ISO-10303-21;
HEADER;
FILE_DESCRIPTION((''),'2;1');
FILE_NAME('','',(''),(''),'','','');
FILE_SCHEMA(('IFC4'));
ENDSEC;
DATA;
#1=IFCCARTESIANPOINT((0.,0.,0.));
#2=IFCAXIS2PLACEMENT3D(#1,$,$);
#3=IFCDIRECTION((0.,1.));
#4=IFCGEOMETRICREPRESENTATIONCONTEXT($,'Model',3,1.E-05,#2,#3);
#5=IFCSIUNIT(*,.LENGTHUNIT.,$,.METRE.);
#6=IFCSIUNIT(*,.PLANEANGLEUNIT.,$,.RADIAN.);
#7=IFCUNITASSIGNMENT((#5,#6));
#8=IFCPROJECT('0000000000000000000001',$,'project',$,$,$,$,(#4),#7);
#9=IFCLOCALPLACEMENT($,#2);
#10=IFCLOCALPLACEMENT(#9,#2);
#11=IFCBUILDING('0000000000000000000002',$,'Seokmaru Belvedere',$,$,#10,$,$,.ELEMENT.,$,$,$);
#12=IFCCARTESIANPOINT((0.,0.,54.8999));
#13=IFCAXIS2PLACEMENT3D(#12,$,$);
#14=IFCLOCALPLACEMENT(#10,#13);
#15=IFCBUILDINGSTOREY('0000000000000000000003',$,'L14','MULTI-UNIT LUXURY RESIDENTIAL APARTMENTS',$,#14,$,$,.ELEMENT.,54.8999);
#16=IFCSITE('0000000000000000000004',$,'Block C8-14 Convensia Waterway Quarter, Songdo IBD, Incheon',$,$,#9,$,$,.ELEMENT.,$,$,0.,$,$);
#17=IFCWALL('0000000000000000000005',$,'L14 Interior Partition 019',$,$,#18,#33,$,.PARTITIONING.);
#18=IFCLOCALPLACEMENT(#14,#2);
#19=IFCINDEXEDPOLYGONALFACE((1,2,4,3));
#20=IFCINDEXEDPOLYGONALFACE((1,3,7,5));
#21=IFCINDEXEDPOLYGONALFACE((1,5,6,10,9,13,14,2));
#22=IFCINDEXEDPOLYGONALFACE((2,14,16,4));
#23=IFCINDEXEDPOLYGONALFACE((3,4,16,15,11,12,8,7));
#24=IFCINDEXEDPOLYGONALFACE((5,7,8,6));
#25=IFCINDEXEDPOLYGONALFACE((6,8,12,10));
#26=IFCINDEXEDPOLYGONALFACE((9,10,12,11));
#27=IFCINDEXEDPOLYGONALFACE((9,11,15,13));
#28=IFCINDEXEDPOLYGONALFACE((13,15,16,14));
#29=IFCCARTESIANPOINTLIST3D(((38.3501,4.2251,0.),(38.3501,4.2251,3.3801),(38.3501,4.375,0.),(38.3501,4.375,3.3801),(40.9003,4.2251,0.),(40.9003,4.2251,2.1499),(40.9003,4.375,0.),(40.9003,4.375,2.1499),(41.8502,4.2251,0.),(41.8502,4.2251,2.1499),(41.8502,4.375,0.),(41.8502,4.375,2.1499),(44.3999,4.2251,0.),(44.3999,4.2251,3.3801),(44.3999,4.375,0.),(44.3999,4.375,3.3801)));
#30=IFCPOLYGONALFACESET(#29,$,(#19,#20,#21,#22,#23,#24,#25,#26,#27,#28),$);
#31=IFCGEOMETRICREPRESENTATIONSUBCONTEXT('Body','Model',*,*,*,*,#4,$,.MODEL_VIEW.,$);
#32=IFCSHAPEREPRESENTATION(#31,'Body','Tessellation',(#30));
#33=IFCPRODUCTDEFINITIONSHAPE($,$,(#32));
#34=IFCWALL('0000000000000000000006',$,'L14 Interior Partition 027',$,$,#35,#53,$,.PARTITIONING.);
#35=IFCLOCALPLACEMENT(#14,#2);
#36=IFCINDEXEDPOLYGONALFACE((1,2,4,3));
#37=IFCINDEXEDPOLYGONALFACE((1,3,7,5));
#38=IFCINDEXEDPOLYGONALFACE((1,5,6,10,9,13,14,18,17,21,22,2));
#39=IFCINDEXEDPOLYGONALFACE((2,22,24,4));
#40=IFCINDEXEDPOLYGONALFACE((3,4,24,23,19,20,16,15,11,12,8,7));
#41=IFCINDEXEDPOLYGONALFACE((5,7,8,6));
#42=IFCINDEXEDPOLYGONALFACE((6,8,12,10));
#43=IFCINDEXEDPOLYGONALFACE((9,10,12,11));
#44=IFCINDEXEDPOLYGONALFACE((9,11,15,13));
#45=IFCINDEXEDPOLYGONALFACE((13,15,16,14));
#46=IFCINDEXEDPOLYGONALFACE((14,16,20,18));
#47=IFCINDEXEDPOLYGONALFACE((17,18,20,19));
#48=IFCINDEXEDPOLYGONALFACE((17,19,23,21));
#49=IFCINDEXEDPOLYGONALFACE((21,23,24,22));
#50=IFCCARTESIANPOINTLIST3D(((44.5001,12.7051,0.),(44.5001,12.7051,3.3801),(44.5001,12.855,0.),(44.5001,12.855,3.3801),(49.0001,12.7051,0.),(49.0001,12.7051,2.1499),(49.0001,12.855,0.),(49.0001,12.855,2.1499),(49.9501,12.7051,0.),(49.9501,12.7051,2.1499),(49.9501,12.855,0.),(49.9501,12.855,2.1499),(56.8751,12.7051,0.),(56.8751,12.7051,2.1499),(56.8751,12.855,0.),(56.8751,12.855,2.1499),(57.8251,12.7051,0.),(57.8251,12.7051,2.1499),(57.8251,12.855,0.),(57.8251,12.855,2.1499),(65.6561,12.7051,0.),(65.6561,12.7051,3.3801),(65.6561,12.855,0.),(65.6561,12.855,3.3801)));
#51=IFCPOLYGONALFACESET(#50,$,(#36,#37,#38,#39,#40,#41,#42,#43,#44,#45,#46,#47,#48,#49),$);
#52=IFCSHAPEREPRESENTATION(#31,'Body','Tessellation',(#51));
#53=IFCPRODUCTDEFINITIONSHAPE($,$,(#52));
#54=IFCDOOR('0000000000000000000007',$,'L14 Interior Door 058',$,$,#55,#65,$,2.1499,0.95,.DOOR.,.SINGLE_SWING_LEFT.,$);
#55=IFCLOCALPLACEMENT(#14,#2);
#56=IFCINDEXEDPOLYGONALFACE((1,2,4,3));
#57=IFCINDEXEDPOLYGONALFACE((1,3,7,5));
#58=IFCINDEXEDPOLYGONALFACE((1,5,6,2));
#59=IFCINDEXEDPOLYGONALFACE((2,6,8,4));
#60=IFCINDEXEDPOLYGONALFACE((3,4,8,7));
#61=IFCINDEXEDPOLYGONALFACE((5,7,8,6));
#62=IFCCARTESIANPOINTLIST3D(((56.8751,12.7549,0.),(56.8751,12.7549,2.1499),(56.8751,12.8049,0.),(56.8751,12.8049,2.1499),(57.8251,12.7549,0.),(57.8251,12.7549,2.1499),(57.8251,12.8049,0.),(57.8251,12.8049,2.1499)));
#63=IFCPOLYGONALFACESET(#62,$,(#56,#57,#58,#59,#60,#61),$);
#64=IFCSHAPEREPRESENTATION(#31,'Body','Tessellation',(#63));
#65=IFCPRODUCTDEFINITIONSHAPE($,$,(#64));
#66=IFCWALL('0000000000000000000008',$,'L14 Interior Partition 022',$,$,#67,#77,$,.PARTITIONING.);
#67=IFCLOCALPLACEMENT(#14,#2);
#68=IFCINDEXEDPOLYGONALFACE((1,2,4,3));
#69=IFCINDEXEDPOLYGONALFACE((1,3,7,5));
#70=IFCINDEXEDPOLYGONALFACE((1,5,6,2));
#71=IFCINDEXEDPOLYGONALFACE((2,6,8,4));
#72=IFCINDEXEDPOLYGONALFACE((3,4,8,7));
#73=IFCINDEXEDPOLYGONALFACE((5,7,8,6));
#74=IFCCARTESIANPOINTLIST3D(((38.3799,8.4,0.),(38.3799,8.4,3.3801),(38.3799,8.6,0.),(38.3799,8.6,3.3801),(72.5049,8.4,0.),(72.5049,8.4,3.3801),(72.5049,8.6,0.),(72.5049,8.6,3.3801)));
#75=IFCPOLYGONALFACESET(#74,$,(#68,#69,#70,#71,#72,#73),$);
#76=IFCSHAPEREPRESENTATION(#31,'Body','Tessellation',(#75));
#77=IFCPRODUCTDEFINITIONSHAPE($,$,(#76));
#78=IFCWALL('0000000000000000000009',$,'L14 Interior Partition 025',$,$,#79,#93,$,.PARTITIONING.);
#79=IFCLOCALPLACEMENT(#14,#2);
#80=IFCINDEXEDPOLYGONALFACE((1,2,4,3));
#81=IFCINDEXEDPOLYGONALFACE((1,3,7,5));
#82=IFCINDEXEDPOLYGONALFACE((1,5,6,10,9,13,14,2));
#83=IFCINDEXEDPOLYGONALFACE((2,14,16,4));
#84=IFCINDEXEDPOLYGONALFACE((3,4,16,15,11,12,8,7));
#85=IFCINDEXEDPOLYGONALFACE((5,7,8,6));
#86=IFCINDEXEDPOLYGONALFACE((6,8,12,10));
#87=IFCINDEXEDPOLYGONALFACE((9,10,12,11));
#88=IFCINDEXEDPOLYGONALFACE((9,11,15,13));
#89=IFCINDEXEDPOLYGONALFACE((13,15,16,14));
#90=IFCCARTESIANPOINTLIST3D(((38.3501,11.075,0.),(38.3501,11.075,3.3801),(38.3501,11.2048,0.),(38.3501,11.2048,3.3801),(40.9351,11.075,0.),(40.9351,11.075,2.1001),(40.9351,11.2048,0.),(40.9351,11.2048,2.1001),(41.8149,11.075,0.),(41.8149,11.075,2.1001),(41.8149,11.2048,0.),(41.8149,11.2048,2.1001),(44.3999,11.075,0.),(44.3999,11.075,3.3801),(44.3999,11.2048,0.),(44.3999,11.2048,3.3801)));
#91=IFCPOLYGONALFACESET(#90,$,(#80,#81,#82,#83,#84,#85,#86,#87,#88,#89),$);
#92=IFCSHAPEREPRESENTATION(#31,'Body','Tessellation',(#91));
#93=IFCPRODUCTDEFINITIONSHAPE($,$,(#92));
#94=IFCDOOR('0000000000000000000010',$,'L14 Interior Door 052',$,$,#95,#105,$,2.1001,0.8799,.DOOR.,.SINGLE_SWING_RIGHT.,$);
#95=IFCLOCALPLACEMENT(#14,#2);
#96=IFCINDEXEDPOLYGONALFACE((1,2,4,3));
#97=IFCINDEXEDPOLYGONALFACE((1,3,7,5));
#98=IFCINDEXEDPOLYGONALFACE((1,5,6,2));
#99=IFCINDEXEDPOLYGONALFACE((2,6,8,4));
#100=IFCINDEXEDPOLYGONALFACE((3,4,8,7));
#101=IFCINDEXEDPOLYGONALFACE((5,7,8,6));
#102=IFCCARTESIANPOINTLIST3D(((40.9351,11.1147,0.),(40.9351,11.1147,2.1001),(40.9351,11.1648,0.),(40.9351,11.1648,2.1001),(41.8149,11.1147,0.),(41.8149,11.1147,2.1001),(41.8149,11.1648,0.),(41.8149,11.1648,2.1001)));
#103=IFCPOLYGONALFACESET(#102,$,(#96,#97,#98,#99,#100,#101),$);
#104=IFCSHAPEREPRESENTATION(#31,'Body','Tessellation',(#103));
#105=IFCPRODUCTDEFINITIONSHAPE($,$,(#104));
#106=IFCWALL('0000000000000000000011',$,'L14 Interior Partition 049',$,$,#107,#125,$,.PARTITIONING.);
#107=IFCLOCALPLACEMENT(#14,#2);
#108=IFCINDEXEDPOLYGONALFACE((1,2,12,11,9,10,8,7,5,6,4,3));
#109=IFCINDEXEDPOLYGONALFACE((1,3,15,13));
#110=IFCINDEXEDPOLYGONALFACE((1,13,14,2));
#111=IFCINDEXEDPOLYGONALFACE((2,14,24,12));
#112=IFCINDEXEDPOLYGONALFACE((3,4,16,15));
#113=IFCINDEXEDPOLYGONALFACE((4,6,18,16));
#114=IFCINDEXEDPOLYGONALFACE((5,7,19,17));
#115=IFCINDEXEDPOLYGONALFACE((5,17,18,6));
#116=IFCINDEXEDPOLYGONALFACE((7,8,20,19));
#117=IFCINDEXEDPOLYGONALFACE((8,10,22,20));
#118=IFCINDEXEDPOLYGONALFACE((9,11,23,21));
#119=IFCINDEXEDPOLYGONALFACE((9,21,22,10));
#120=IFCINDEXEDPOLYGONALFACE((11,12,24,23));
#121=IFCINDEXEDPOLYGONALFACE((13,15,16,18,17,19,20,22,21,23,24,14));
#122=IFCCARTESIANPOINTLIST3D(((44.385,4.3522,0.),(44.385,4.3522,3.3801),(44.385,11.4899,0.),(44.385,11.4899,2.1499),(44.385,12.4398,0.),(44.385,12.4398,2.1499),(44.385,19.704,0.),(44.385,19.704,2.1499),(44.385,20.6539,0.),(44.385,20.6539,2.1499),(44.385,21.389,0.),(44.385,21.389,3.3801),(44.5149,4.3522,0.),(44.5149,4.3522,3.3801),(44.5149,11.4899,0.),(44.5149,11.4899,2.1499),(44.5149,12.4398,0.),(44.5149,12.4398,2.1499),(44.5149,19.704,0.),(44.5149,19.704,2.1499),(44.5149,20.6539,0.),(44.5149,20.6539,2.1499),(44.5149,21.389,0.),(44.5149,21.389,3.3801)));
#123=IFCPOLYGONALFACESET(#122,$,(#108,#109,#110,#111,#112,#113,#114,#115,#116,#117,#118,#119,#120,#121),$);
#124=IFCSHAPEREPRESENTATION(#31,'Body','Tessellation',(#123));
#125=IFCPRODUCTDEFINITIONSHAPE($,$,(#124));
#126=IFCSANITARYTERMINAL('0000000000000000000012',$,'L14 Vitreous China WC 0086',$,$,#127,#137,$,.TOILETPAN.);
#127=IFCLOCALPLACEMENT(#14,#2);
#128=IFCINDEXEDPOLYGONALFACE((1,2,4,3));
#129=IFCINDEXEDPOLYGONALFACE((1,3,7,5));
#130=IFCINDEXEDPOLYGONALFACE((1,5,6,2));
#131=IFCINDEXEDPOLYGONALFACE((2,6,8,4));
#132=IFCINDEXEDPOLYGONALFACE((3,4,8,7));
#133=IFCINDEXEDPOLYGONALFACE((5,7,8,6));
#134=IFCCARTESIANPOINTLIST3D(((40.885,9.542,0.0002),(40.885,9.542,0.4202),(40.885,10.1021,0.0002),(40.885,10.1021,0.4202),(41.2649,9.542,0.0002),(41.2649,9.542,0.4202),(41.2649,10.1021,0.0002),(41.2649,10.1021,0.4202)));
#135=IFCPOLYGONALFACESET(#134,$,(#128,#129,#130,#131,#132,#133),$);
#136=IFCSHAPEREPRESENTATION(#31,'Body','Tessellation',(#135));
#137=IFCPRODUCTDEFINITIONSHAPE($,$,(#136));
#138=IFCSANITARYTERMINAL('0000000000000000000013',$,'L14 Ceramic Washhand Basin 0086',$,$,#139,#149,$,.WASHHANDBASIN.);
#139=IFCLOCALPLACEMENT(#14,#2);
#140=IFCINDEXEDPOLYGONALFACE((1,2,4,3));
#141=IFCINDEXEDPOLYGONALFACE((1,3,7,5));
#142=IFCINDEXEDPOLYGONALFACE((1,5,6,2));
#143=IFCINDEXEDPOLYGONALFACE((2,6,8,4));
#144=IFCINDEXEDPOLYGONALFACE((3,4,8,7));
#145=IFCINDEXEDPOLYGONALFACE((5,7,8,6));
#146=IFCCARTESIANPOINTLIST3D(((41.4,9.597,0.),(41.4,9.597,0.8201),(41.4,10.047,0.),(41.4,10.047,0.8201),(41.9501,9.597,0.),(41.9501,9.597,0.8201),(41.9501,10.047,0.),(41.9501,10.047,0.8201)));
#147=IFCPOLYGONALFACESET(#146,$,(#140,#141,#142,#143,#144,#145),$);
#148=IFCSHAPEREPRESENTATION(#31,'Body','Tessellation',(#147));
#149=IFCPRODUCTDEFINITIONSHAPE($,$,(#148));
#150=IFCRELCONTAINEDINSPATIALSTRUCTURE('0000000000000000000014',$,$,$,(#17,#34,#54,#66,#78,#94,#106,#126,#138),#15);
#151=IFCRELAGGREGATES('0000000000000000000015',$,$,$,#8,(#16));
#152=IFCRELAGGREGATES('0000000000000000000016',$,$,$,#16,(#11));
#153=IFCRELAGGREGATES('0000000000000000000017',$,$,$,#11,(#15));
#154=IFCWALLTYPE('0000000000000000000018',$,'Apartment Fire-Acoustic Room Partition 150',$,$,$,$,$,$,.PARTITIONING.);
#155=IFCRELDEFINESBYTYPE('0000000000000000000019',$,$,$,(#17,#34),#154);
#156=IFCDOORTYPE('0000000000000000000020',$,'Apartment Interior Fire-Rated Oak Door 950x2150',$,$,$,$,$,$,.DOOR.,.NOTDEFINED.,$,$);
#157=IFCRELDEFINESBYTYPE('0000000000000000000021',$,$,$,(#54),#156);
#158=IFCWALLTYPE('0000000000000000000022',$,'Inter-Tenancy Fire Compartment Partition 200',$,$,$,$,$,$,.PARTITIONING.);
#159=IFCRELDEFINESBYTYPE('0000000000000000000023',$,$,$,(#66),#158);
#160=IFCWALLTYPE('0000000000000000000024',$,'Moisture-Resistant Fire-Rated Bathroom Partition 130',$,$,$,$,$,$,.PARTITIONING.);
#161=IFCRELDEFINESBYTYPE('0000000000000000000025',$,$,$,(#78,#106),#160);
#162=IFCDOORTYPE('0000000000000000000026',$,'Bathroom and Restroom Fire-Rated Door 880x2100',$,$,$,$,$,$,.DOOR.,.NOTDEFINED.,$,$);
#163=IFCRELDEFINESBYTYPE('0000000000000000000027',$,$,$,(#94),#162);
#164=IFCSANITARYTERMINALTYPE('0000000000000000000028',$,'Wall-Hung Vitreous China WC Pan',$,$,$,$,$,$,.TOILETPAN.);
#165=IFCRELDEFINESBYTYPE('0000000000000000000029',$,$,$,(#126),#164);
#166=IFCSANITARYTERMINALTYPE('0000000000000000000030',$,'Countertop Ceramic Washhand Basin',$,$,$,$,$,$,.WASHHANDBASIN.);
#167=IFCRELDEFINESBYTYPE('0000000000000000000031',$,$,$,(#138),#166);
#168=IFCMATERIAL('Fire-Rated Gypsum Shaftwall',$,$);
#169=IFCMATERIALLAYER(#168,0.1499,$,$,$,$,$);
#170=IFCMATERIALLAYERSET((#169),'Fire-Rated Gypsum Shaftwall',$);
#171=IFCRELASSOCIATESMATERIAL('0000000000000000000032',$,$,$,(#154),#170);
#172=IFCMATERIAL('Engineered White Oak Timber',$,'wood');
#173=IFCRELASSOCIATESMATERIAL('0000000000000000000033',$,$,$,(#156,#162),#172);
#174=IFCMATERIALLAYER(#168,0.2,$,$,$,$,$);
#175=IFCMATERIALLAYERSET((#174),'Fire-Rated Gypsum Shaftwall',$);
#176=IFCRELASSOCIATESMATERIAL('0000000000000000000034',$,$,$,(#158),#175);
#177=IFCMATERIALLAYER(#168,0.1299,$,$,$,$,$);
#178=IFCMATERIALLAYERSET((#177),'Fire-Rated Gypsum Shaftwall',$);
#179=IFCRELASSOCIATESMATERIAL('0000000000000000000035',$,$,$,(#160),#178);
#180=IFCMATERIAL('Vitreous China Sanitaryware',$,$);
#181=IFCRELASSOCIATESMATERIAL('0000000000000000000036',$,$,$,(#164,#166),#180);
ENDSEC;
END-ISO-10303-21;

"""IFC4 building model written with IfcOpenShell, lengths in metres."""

from ifc_helpers import new_model, si_unit, direction, frame, frame_2d, origin, origin_2d, place, context, subcontext, project, spatial, rectangle, extrude, source, transform, mapped, material, layer, layer_set, type_object, type_shapes, element, fill, save


model = new_model("IFC4")

# Units and contexts
model_context = context("Model", 3, precision=1e-05, world=origin(), true_north=direction((0.0, 1.0)))
body_context = subcontext(model_context, "Body", "Model", "MODEL_VIEW")
ifc_project = project(units=[si_unit("LENGTHUNIT", "METRE"), si_unit("PLANEANGLEUNIT", "RADIAN")], contexts=[model_context])

# Site, building, storey
site_placement = place(None, origin())
site = spatial("IfcSite", under=ifc_project, at=site_placement, Name="Block C8-14 Convensia Waterway Quarter, Songdo IBD, Incheon", CompositionType="ELEMENT", RefElevation=0.0)
building_placement = place(site_placement, origin())
building = spatial("IfcBuilding", under=site, at=building_placement, Name="Seokmaru Belvedere", CompositionType="ELEMENT")
storey_placement = place(building_placement, frame((0.0, 0.0, 54.8999)))
storey = spatial("IfcBuildingStorey", under=building, at=storey_placement, Name="L14", Description="MULTI-UNIT LUXURY RESIDENTIAL APARTMENTS", CompositionType="ELEMENT", Elevation=54.8999)

# Shared definitions
ifc_material_1 = material(Name="Fire-Rated Gypsum Shaftwall")
ifc_layer_1 = layer(ifc_material_1, 0.1499)
ifc_layer_set_1 = layer_set([ifc_layer_1], Name="Fire-Rated Gypsum Shaftwall")
wall_type_1 = type_object("IfcWallType", Name="Apartment Fire-Acoustic Room Partition 150", PredefinedType="PARTITIONING", material=ifc_layer_set_1)

# Wall, opening
wall_1_placement = place(storey_placement, frame((38.3501, 4.3, 0.0), z_axis=(0.0, 0.0, 1.0), x_axis=(1.0, 0.0, 0.0)))
wall_1 = element("IfcWall", 1, at=wall_1_placement, inside=storey, type_object=wall_type_1, Name="L14 Interior Partition 019", PredefinedType="PARTITIONING", context=body_context, shape_type="SweptSolid", body=[
    extrude(rectangle(XDim=6.0498, YDim=0.1499, at=frame_2d((3.0249, 0.0))), origin(), (0.0, 0.0, 1.0), 3.3801),
])
opening_1_placement = place(wall_1_placement, frame((2.55, 0.0, 0.0)))
element("IfcOpeningElement", 2, at=opening_1_placement, cuts=wall_1, PredefinedType="OPENING", context=body_context, shape_type="SweptSolid", body=[
    extrude(rectangle(XDim=0.95, YDim=2.1499, at=frame_2d((0.4751, 1.075))), frame((0.0, 0.085, 0.0), z_axis=(0.0, -1.0, 0.0), x_axis=(1.0, 0.0, 0.0)), (0.0, 0.0, 1.0), 0.1699),
])

# Wall, openings, door
wall_2_placement = place(storey_placement, frame((44.5, 12.78, 0.0), z_axis=(0.0, 0.0, 1.0), x_axis=(1.0, 0.0, 0.0)))
wall_2 = element("IfcWall", 3, at=wall_2_placement, inside=storey, type_object=wall_type_1, Name="L14 Interior Partition 027", PredefinedType="PARTITIONING", context=body_context, shape_type="SweptSolid", body=[
    extrude(rectangle(XDim=21.156, YDim=0.1499, at=frame_2d((10.5781, 0.0))), origin(), (0.0, 0.0, 1.0), 3.3801),
])
opening_2_placement = place(wall_2_placement, frame((4.5, 0.0, 0.0)))
element("IfcOpeningElement", 4, at=opening_2_placement, cuts=wall_2, PredefinedType="OPENING", context=body_context, shape_type="SweptSolid", body=[
    extrude(rectangle(XDim=0.95, YDim=2.1499, at=frame_2d((0.4751, 1.075))), frame((0.0, 0.085, 0.0), z_axis=(0.0, -1.0, 0.0), x_axis=(1.0, 0.0, 0.0)), (0.0, 0.0, 1.0), 0.1699),
])
opening_3_placement = place(wall_2_placement, frame((12.375, 0.0, 0.0)))
opening_3 = element("IfcOpeningElement", 5, at=opening_3_placement, cuts=wall_2, PredefinedType="OPENING", context=body_context, shape_type="SweptSolid", body=[
    extrude(rectangle(XDim=0.95, YDim=2.1499, at=frame_2d((0.4751, 1.075))), frame((0.0, 0.085, 0.0), z_axis=(0.0, -1.0, 0.0), x_axis=(1.0, 0.0, 0.0)), (0.0, 0.0, 1.0), 0.1699),
])
ifc_material_2 = material(Name="Engineered White Oak Timber", Category="wood")
door_type_1 = type_object("IfcDoorType", Name="Apartment Interior Fire-Rated Oak Door 950x2150", OperationType="NOTDEFINED", PredefinedType="DOOR", material=ifc_material_2)
shared_shape_1 = source(origin(), body_context, "Body", "SweptSolid", [
    extrude(rectangle(XDim=0.95, YDim=2.1499, at=frame_2d((0.4751, 1.075))), frame((0.0, 0.0249, 0.0), z_axis=(0.0, -1.0, 0.0), x_axis=(1.0, 0.0, 0.0)), (0.0, 0.0, 1.0), 0.05),
])
type_shapes(door_type_1, [shared_shape_1])
door_1_placement = place(opening_3_placement, origin())
door_1 = element("IfcDoor", 6, at=door_1_placement, inside=storey, type_object=door_type_1, Name="L14 Interior Door 058", OperationType="SINGLE_SWING_LEFT", OverallHeight=2.1499, OverallWidth=0.95, PredefinedType="DOOR", context=body_context, shape_type="MappedRepresentation", body=[
    mapped(shared_shape_1, transform((0.0, 0.0, 0.0), scale=1.0)),
])
fill(opening_3, door_1)

# Wall
ifc_layer_2 = layer(ifc_material_1, 0.2)
ifc_layer_set_2 = layer_set([ifc_layer_2], Name="Fire-Rated Gypsum Shaftwall")
wall_type_2 = type_object("IfcWallType", Name="Inter-Tenancy Fire Compartment Partition 200", PredefinedType="PARTITIONING", material=ifc_layer_set_2)
wall_3_placement = place(storey_placement, frame((38.3799, 8.5, 0.0), z_axis=(0.0, 0.0, 1.0), x_axis=(1.0, 0.0, 0.0)))
element("IfcWall", 7, at=wall_3_placement, inside=storey, type_object=wall_type_2, Name="L14 Interior Partition 022", PredefinedType="PARTITIONING", context=body_context, shape_type="SweptSolid", body=[
    extrude(rectangle(XDim=34.125, YDim=0.2, at=frame_2d((17.0625, 0.0))), origin(), (0.0, 0.0, 1.0), 3.3801),
])

# Wall, opening, door
ifc_layer_3 = layer(ifc_material_1, 0.1299)
ifc_layer_set_3 = layer_set([ifc_layer_3], Name="Fire-Rated Gypsum Shaftwall")
wall_type_3 = type_object("IfcWallType", Name="Moisture-Resistant Fire-Rated Bathroom Partition 130", PredefinedType="PARTITIONING", material=ifc_layer_set_3)
wall_4_placement = place(storey_placement, frame((38.3501, 11.1399, 0.0), z_axis=(0.0, 0.0, 1.0), x_axis=(1.0, 0.0, 0.0)))
wall_4 = element("IfcWall", 8, at=wall_4_placement, inside=storey, type_object=wall_type_3, Name="L14 Interior Partition 025", PredefinedType="PARTITIONING", context=body_context, shape_type="SweptSolid", body=[
    extrude(rectangle(XDim=6.0498, YDim=0.1299, at=frame_2d((3.0249, 0.0))), origin(), (0.0, 0.0, 1.0), 3.3801),
])
opening_4_placement = place(wall_4_placement, frame((2.585, 0.0, 0.0)))
opening_4 = element("IfcOpeningElement", 9, at=opening_4_placement, cuts=wall_4, PredefinedType="OPENING", context=body_context, shape_type="SweptSolid", body=[
    extrude(rectangle(XDim=0.8799, YDim=2.1001, at=frame_2d((0.4399, 1.05))), frame((0.0, 0.075, 0.0), z_axis=(0.0, -1.0, 0.0), x_axis=(1.0, 0.0, 0.0)), (0.0, 0.0, 1.0), 0.1499),
])
door_type_2 = type_object("IfcDoorType", Name="Bathroom and Restroom Fire-Rated Door 880x2100", OperationType="NOTDEFINED", PredefinedType="DOOR", material=ifc_material_2)
shared_shape_2 = source(origin(), body_context, "Body", "SweptSolid", [
    extrude(rectangle(XDim=0.8799, YDim=2.1001, at=frame_2d((0.4399, 1.05))), frame((0.0, 0.0249, 0.0), z_axis=(0.0, -1.0, 0.0), x_axis=(1.0, 0.0, 0.0)), (0.0, 0.0, 1.0), 0.05),
])
type_shapes(door_type_2, [shared_shape_2])
door_2_placement = place(opening_4_placement, origin())
door_2 = element("IfcDoor", 10, at=door_2_placement, inside=storey, type_object=door_type_2, Name="L14 Interior Door 052", OperationType="SINGLE_SWING_RIGHT", OverallHeight=2.1001, OverallWidth=0.8799, PredefinedType="DOOR", context=body_context, shape_type="MappedRepresentation", body=[
    mapped(shared_shape_2, transform((0.0, 0.0, 0.0), scale=1.0)),
])
fill(opening_4, door_2)

# Wall, openings
wall_5_placement = place(storey_placement, frame((44.45, 4.3521, 0.0), z_axis=(0.0, 0.0, 1.0), x_axis=(0.0, 1.0, 0.0)))
wall_5 = element("IfcWall", 11, at=wall_5_placement, inside=storey, type_object=wall_type_3, Name="L14 Interior Partition 049", PredefinedType="PARTITIONING", context=body_context, shape_type="SweptSolid", body=[
    extrude(rectangle(XDim=17.0369, YDim=0.1299, at=frame_2d((8.5186, 0.0))), origin(), (0.0, 0.0, 1.0), 3.3801),
])
opening_5_placement = place(wall_5_placement, frame((7.1377, 0.0, 0.0)))
element("IfcOpeningElement", 12, at=opening_5_placement, cuts=wall_5, PredefinedType="OPENING", context=body_context, shape_type="SweptSolid", body=[
    extrude(rectangle(XDim=0.95, YDim=2.1499, at=frame_2d((0.4751, 1.075))), frame((0.0, 0.075, 0.0), z_axis=(0.0, -1.0, 0.0), x_axis=(1.0, 0.0, 0.0)), (0.0, 0.0, 1.0), 0.1499),
])
opening_6_placement = place(wall_5_placement, frame((15.3518, 0.0, 0.0)))
element("IfcOpeningElement", 13, at=opening_6_placement, cuts=wall_5, PredefinedType="OPENING", context=body_context, shape_type="SweptSolid", body=[
    extrude(rectangle(XDim=0.95, YDim=2.1499, at=frame_2d((0.4751, 1.075))), frame((0.0, 0.075, 0.0), z_axis=(0.0, -1.0, 0.0), x_axis=(1.0, 0.0, 0.0)), (0.0, 0.0, 1.0), 0.1499),
])

# Sanitary terminals
ifc_material_3 = material(Name="Vitreous China Sanitaryware")
sanitary_terminal_type_1 = type_object("IfcSanitaryTerminalType", Name="Wall-Hung Vitreous China WC Pan", PredefinedType="TOILETPAN", material=ifc_material_3)
shared_shape_3 = source(origin(), body_context, "Body", "SweptSolid", [
    extrude(rectangle(XDim=0.3799, YDim=0.5601, at=origin_2d()), origin(), (0.0, 0.0, 1.0), 0.4199),
])
type_shapes(sanitary_terminal_type_1, [shared_shape_3])
sanitary_terminal_1_placement = place(storey_placement, frame((41.075, 9.822, 0.0002), z_axis=(0.0, 0.0, 1.0), x_axis=(1.0, 0.0, 0.0)))
element("IfcSanitaryTerminal", 14, at=sanitary_terminal_1_placement, inside=storey, type_object=sanitary_terminal_type_1, Name="L14 Vitreous China WC 0086", PredefinedType="TOILETPAN", context=body_context, shape_type="MappedRepresentation", body=[
    mapped(shared_shape_3, transform((0.0, 0.0, 0.0), scale=1.0)),
])
sanitary_terminal_type_2 = type_object("IfcSanitaryTerminalType", Name="Countertop Ceramic Washhand Basin", PredefinedType="WASHHANDBASIN", material=ifc_material_3)
shared_shape_4 = source(origin(), body_context, "Body", "SweptSolid", [
    extrude(rectangle(XDim=0.55, YDim=0.45, at=origin_2d()), origin(), (0.0, 0.0, 1.0), 0.8201),
])
type_shapes(sanitary_terminal_type_2, [shared_shape_4])
sanitary_terminal_2_placement = place(storey_placement, frame((41.675, 9.822, 0.0), z_axis=(0.0, 0.0, 1.0), x_axis=(1.0, 0.0, 0.0)))
element("IfcSanitaryTerminal", 15, at=sanitary_terminal_2_placement, inside=storey, type_object=sanitary_terminal_type_2, Name="L14 Ceramic Washhand Basin 0086", PredefinedType="WASHHANDBASIN", context=body_context, shape_type="MappedRepresentation", body=[
    mapped(shared_shape_4, transform((0.0, 0.0, 0.0), scale=1.0)),
])

save(model, "model.ifc")
